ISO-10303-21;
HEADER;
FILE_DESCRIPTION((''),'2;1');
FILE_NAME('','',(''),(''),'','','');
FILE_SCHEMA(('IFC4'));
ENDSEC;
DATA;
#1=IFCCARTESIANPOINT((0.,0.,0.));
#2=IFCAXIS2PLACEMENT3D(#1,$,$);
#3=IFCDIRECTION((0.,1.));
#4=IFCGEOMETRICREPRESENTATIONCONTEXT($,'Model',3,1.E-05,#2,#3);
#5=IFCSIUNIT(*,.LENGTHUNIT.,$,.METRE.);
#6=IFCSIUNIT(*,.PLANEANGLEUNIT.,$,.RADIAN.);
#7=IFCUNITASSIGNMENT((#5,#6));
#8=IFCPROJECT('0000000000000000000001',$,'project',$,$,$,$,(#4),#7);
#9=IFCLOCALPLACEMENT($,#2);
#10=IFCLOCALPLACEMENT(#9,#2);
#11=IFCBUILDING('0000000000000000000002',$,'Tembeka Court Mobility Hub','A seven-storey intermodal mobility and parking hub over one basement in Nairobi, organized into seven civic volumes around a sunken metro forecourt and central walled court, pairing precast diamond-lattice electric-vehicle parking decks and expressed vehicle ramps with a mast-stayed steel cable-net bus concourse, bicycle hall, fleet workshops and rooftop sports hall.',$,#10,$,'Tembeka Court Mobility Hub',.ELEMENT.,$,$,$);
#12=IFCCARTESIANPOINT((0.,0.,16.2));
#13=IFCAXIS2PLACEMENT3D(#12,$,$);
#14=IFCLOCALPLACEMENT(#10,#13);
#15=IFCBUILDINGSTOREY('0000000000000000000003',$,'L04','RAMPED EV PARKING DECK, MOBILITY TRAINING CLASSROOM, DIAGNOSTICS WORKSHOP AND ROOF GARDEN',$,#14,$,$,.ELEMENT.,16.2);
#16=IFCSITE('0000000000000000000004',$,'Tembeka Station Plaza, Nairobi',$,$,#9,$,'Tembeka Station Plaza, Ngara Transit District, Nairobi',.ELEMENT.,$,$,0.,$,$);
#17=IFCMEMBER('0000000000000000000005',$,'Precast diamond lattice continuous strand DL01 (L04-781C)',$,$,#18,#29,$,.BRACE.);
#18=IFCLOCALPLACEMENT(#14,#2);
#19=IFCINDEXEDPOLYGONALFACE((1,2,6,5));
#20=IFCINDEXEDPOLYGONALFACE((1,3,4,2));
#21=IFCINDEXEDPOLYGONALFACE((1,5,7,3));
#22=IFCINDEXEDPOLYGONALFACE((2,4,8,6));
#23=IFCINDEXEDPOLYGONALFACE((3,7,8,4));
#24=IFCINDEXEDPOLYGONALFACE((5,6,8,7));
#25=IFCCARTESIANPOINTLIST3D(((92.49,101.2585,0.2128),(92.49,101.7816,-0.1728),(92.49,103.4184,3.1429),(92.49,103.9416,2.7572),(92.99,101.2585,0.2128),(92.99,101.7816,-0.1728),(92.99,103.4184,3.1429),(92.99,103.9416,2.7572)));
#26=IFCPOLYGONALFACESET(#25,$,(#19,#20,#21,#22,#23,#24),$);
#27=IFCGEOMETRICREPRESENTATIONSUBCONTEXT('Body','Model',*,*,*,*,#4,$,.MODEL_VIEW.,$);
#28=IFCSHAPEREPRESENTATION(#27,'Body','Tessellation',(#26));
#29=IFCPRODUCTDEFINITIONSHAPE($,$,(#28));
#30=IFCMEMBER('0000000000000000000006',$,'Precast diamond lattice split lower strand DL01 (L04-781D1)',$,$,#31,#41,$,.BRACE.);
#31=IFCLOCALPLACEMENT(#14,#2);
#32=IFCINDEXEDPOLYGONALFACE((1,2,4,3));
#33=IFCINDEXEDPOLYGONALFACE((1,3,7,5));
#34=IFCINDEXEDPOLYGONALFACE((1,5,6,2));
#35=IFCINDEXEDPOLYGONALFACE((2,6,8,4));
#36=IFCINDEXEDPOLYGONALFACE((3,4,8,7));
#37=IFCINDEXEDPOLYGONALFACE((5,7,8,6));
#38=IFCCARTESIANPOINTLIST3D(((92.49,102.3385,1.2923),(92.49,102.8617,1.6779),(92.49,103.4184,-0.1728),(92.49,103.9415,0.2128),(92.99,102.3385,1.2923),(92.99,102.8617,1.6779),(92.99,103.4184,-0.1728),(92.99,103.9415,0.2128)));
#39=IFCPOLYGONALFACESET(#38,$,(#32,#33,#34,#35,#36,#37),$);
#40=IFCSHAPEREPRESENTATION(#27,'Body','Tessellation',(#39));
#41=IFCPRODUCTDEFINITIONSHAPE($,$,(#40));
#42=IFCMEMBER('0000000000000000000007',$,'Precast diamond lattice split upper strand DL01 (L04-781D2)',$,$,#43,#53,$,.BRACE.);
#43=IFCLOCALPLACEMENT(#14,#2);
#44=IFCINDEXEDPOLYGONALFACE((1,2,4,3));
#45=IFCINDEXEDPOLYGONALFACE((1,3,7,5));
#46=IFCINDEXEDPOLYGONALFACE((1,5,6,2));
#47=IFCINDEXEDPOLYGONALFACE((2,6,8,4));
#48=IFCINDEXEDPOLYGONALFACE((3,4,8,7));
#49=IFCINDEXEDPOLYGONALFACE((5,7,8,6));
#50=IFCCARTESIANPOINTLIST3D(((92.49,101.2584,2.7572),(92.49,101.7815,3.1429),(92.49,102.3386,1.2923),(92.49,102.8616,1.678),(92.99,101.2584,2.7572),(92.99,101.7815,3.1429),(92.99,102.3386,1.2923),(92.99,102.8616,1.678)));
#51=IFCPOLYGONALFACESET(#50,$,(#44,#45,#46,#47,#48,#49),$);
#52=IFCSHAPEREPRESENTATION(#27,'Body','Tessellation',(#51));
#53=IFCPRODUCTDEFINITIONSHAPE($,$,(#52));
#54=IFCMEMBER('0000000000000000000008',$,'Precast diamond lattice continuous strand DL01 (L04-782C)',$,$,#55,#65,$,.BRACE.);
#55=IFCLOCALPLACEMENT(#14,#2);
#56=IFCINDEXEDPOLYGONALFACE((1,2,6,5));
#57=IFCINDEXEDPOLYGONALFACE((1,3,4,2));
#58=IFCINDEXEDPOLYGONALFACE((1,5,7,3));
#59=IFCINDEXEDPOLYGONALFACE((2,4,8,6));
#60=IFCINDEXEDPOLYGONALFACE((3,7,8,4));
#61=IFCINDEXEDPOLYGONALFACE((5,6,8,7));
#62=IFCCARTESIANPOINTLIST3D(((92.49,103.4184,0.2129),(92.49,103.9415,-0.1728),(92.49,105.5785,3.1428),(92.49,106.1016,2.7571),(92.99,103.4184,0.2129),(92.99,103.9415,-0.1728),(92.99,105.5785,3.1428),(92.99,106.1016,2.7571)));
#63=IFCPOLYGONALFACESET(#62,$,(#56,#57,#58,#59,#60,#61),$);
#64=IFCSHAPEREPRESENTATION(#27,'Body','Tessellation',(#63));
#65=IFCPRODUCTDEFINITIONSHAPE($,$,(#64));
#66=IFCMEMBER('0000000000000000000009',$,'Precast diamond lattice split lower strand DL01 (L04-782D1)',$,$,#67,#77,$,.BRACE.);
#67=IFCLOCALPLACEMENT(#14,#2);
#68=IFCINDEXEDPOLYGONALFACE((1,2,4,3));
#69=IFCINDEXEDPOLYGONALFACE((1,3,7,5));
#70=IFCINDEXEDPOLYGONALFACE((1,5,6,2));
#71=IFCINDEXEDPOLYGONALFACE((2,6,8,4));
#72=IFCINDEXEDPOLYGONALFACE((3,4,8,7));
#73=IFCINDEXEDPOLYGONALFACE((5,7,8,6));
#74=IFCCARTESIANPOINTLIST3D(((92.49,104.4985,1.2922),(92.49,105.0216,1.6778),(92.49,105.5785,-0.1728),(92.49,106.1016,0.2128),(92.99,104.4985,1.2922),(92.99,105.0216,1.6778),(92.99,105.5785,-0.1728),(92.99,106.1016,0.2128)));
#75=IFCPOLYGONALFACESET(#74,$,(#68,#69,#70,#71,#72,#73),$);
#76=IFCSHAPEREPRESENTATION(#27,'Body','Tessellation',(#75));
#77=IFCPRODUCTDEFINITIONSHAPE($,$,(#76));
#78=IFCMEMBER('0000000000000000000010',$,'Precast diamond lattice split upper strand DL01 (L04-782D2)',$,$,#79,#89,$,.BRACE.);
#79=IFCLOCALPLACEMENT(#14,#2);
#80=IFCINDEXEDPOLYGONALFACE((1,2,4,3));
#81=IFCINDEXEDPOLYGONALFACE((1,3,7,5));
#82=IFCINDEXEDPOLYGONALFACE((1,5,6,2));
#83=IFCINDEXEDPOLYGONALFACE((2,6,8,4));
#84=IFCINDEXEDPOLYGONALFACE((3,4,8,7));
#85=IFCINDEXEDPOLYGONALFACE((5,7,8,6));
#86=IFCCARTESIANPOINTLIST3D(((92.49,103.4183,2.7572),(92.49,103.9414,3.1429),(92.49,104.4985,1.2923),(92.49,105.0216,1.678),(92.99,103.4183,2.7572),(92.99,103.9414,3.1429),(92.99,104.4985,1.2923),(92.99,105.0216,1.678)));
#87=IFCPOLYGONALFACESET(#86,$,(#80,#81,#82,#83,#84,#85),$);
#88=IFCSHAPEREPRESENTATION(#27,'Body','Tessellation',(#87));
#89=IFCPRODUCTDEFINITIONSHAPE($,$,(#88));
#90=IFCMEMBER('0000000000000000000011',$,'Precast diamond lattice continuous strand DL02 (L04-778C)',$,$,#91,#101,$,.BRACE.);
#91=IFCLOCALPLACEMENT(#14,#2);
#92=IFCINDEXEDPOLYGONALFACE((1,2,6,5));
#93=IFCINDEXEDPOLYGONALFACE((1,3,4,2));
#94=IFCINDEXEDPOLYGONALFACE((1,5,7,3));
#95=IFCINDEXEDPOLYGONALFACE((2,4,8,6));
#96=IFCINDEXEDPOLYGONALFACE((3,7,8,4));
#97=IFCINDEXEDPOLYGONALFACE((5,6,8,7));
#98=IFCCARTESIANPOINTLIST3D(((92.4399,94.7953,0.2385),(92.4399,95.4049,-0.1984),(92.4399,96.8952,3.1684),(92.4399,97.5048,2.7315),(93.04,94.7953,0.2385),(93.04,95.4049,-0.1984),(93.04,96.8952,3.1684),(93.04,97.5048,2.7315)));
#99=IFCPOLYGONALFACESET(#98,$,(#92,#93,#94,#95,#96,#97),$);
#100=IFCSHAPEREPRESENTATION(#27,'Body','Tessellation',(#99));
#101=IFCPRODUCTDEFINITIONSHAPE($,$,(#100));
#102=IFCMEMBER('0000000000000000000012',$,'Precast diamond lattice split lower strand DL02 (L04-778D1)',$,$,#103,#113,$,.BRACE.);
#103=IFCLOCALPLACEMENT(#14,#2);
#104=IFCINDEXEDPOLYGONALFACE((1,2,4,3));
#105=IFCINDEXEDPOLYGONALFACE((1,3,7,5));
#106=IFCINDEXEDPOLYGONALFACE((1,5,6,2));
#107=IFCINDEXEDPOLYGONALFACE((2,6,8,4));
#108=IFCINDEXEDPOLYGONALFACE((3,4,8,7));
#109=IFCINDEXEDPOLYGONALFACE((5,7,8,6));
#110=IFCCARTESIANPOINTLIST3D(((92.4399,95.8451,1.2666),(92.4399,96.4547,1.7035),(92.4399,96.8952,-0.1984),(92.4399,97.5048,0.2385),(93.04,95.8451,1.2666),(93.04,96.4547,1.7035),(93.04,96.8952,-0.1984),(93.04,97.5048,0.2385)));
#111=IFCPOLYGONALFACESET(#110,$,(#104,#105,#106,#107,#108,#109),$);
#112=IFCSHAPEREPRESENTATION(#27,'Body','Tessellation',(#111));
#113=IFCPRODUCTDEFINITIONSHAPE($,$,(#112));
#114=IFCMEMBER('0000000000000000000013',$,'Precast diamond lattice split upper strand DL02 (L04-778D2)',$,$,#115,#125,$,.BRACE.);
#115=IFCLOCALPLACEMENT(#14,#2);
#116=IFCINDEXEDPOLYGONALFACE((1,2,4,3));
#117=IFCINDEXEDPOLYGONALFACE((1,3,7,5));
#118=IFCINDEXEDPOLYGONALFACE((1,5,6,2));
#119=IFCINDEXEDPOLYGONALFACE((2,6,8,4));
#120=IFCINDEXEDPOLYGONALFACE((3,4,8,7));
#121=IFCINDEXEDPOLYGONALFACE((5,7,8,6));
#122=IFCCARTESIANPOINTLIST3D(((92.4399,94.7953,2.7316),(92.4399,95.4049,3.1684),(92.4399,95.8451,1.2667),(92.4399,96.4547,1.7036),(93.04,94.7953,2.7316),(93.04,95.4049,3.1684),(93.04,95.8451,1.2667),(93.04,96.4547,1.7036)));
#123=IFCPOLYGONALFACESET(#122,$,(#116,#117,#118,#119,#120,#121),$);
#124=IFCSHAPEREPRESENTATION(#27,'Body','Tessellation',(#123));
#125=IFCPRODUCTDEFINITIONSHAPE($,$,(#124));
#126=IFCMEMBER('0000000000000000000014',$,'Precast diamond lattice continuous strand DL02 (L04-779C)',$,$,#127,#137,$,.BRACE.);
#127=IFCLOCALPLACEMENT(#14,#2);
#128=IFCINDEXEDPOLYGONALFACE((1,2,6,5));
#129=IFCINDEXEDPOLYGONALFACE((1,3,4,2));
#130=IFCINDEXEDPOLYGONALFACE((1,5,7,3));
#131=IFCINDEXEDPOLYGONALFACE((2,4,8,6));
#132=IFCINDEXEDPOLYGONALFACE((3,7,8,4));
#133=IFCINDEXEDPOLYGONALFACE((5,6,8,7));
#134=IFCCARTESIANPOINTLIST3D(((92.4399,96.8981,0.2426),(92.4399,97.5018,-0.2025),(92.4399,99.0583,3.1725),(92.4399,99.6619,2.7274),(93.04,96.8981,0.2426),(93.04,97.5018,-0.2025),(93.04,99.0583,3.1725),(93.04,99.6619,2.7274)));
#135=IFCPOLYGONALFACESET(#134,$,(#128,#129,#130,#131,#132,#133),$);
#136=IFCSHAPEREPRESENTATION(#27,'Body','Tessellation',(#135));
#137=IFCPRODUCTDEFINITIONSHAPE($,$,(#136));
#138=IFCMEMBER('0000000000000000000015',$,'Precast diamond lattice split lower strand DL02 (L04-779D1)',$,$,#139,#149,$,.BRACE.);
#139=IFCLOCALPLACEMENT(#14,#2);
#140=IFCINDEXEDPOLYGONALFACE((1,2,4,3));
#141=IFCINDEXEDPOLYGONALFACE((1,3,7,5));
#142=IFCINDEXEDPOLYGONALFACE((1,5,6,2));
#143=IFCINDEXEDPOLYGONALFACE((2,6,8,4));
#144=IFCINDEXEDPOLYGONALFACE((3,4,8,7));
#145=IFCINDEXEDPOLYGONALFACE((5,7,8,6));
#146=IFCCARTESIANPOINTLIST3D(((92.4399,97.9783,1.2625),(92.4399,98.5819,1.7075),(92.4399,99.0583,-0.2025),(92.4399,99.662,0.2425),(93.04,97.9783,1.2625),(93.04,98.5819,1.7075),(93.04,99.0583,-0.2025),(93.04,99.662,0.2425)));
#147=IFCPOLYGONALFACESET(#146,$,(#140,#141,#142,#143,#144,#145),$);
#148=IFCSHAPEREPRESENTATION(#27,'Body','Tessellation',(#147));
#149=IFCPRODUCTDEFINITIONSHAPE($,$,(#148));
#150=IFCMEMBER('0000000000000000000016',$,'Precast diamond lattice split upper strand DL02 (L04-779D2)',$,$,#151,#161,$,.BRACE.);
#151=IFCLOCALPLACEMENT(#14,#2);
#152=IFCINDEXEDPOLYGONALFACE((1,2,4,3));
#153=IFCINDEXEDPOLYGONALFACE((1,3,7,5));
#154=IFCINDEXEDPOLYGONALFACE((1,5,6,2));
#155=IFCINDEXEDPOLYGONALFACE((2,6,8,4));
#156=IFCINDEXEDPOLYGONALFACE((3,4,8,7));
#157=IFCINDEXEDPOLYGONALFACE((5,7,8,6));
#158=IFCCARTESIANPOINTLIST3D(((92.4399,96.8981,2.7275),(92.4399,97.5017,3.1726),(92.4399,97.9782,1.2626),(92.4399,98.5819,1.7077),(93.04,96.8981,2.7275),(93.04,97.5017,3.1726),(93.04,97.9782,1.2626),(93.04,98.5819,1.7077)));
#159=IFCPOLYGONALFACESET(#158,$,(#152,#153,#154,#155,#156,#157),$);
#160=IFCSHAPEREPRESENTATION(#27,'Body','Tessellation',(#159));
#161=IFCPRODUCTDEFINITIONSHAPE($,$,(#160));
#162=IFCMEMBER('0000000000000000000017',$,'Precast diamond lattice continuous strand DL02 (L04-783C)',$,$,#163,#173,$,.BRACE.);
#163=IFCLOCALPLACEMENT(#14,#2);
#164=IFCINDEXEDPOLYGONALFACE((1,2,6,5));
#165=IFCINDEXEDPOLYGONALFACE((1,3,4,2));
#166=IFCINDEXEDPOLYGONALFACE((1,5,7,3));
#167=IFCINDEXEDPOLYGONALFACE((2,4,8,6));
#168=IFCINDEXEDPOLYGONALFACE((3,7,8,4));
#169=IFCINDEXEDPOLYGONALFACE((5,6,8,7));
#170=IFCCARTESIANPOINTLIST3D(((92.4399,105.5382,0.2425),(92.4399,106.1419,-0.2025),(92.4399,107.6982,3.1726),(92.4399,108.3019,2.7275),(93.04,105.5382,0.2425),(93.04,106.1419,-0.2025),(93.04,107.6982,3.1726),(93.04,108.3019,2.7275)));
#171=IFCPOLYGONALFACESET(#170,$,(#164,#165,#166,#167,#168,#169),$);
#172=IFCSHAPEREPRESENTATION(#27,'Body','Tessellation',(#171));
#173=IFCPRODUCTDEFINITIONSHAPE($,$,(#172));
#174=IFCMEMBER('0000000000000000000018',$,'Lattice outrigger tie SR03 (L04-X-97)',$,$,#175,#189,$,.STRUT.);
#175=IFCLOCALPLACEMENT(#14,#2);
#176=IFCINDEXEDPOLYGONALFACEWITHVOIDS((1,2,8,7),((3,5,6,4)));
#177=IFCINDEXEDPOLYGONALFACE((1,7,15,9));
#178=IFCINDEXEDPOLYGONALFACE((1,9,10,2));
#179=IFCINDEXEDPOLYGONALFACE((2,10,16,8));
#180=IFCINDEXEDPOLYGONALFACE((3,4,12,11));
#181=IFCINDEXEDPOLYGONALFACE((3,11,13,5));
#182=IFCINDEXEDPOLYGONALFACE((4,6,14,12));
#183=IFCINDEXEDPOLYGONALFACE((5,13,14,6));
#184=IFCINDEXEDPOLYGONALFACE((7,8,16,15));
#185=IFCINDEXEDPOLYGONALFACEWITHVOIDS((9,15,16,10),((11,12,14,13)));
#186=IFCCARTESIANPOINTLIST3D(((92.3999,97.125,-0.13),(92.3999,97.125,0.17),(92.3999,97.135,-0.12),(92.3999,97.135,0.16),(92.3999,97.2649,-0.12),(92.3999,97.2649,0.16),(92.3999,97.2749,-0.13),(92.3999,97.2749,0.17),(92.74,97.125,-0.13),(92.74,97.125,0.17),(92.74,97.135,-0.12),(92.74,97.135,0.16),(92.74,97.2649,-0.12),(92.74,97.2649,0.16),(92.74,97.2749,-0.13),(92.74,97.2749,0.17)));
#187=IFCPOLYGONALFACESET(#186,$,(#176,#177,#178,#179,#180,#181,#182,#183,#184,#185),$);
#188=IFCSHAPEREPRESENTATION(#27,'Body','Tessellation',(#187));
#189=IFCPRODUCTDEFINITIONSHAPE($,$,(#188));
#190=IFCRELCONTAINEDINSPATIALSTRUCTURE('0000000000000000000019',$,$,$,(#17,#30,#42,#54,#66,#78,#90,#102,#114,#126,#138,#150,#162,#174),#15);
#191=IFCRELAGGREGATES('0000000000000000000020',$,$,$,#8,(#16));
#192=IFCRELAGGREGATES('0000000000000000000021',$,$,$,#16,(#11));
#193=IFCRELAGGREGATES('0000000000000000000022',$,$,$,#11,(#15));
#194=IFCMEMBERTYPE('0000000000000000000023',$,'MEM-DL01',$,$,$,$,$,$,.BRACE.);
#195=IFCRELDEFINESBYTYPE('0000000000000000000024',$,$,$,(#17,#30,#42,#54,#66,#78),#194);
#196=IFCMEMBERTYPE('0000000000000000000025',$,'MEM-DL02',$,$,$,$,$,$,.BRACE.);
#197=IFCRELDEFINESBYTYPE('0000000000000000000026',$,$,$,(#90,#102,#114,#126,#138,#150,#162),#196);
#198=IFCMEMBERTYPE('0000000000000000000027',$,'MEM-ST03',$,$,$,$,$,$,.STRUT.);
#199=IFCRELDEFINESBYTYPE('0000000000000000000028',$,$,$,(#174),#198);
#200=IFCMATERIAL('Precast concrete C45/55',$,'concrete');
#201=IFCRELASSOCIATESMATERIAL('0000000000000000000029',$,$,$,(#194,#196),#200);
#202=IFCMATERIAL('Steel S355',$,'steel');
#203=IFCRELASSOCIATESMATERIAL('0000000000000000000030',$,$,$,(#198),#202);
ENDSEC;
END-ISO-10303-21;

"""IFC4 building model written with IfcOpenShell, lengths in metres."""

from ifc_helpers import new_model, si_unit, direction, frame, origin, origin_2d, place, context, subcontext, project, spatial, rectangle, hollow_rectangle, extrude, material, material_profile, profile_set, type_object, element, save


model = new_model("IFC4")

# Units and contexts
model_context = context("Model", 3, precision=1e-05, world=origin(), true_north=direction((0.0, 1.0)))
body_context = subcontext(model_context, "Body", "Model", "MODEL_VIEW")
ifc_project = project(units=[si_unit("LENGTHUNIT", "METRE"), si_unit("PLANEANGLEUNIT", "RADIAN")], contexts=[model_context])

# Site, building, storey
site_placement = place(None, origin())
site = spatial("IfcSite", under=ifc_project, at=site_placement, Name="Tembeka Station Plaza, Nairobi", LongName="Tembeka Station Plaza, Ngara Transit District, Nairobi", CompositionType="ELEMENT", RefElevation=0.0)
building_placement = place(site_placement, origin())
building = spatial("IfcBuilding", under=site, at=building_placement, Name="Tembeka Court Mobility Hub", Description="A seven-storey intermodal mobility and parking hub over one basement in Nairobi, organized into seven civic volumes around a sunken metro forecourt and central walled court, pairing precast diamond-lattice electric-vehicle parking decks and expressed vehicle ramps with a mast-stayed steel cable-net bus concourse, bicycle hall, fleet workshops and rooftop sports hall.", LongName="Tembeka Court Mobility Hub", CompositionType="ELEMENT")
storey_placement = place(building_placement, frame((0.0, 0.0, 16.2)))
storey = spatial("IfcBuildingStorey", under=building, at=storey_placement, Name="L04", Description="RAMPED EV PARKING DECK, MOBILITY TRAINING CLASSROOM, DIAGNOSTICS WORKSHOP AND ROOF GARDEN", CompositionType="ELEMENT", Elevation=16.2)

# Shared definitions
ifc_material_1 = material(Name="Steel S355", Category="steel")

# Members
ifc_material_2 = material(Name="Precast concrete C45/55", Category="concrete")
ifc_material_profile_1 = material_profile(ifc_material_2, rectangle(XDim=0.5, YDim=0.6499, at=origin_2d()), Name="PC-DIAG 500x650")
ifc_profile_set_1 = profile_set([ifc_material_profile_1], Name="Precast concrete C45/55")
member_type_1 = type_object("IfcMemberType", Name="MEM-DL01", PredefinedType="BRACE", material=ifc_profile_set_1)
member_1_placement = place(storey_placement, frame((92.74, 101.52, 0.02), z_axis=(0.0, 0.59338, 0.804923), x_axis=(-1.0, 0.0, 0.0)))
element("IfcMember", 1, at=member_1_placement, inside=storey, type_object=member_type_1, Name="Precast diamond lattice continuous strand DL01 (L04-781C)", PredefinedType="BRACE", context=body_context, shape_type="SweptSolid", body=[
    extrude(rectangle(XDim=0.5, YDim=0.6499, at=origin_2d()), origin(), (0.0, 0.0, 1.0), 3.6401),
])
for number, where, z_axis, x_axis, name in (
    (2, (92.74, 103.6799, 0.02), (0.0, -0.593304, 0.804978), (1.0, 0.0, 0.0), "Precast diamond lattice split lower strand DL01 (L04-781D1)"),
    (3, (92.74, 102.6001, 1.4851), (0.0, -0.593455, 0.804867), (1.0, 0.0, 0.0), "Precast diamond lattice split upper strand DL01 (L04-781D2)"),
):
    element("IfcMember", number, at=place(storey_placement, frame(where, z_axis=z_axis, x_axis=x_axis)), inside=storey, type_object=member_type_1, Name=name, PredefinedType="BRACE", context=body_context, shape_type="SweptSolid", body=[
        extrude(rectangle(XDim=0.5, YDim=0.6499, at=origin_2d()), origin(), (0.0, 0.0, 1.0), 1.8201),
    ])
member_2_placement = place(storey_placement, frame((92.74, 103.6799, 0.02), z_axis=(0.0, 0.593423, 0.804891), x_axis=(-1.0, 0.0, 0.0)))
element("IfcMember", 4, at=member_2_placement, inside=storey, type_object=member_type_1, Name="Precast diamond lattice continuous strand DL01 (L04-782C)", PredefinedType="BRACE", context=body_context, shape_type="SweptSolid", body=[
    extrude(rectangle(XDim=0.5, YDim=0.6499, at=origin_2d()), origin(), (0.0, 0.0, 1.0), 3.6401),
])
for number, where, z_axis, x_axis, name in (
    (5, (92.74, 105.8401, 0.02), (0.0, -0.593391, 0.804914), (1.0, 0.0, 0.0), "Precast diamond lattice split lower strand DL01 (L04-782D1)"),
    (6, (92.74, 104.76, 1.4851), (0.0, -0.593455, 0.804867), (1.0, 0.0, 0.0), "Precast diamond lattice split upper strand DL01 (L04-782D2)"),
):
    element("IfcMember", number, at=place(storey_placement, frame(where, z_axis=z_axis, x_axis=x_axis)), inside=storey, type_object=member_type_1, Name=name, PredefinedType="BRACE", context=body_context, shape_type="SweptSolid", body=[
        extrude(rectangle(XDim=0.5, YDim=0.6499, at=origin_2d()), origin(), (0.0, 0.0, 1.0), 1.8201),
    ])
ifc_material_profile_2 = material_profile(ifc_material_2, rectangle(XDim=0.6001, YDim=0.75, at=origin_2d()), Name="PC-DIAG 600x750")
ifc_profile_set_2 = profile_set([ifc_material_profile_2], Name="Precast concrete C45/55")
member_type_2 = type_object("IfcMemberType", Name="MEM-DL02", PredefinedType="BRACE", material=ifc_profile_set_2)
member_3_placement = place(storey_placement, frame((92.74, 95.1001, 0.02), z_axis=(0.0, 0.582532, 0.812808), x_axis=(-1.0, 0.0, 0.0)))
element("IfcMember", 7, at=member_3_placement, inside=storey, type_object=member_type_2, Name="Precast diamond lattice continuous strand DL02 (L04-778C)", PredefinedType="BRACE", context=body_context, shape_type="SweptSolid", body=[
    extrude(rectangle(XDim=0.6001, YDim=0.75, at=origin_2d()), origin(), (0.0, 0.0, 1.0), 3.6047),
])
member_4_placement = place(storey_placement, frame((92.74, 97.2, 0.02), z_axis=(0.0, -0.582544, 0.812799), x_axis=(1.0, 0.0, 0.0)))
element("IfcMember", 8, at=member_4_placement, inside=storey, type_object=member_type_2, Name="Precast diamond lattice split lower strand DL02 (L04-778D1)", PredefinedType="BRACE", context=body_context, shape_type="SweptSolid", body=[
    extrude(rectangle(XDim=0.6001, YDim=0.75, at=origin_2d()), origin(), (0.0, 0.0, 1.0), 1.8025),
])
member_5_placement = place(storey_placement, frame((92.74, 96.1499, 1.4851), z_axis=(0.0, -0.582519, 0.812817), x_axis=(1.0, 0.0, 0.0)))
element("IfcMember", 9, at=member_5_placement, inside=storey, type_object=member_type_2, Name="Precast diamond lattice split upper strand DL02 (L04-778D2)", PredefinedType="BRACE", context=body_context, shape_type="SweptSolid", body=[
    extrude(rectangle(XDim=0.6001, YDim=0.75, at=origin_2d()), origin(), (0.0, 0.0, 1.0), 1.8022),
])
member_6_placement = place(storey_placement, frame((92.74, 97.2, 0.02), z_axis=(0.0, 0.593423, 0.804891), x_axis=(-1.0, 0.0, 0.0)))
element("IfcMember", 10, at=member_6_placement, inside=storey, type_object=member_type_2, Name="Precast diamond lattice continuous strand DL02 (L04-779C)", PredefinedType="BRACE", context=body_context, shape_type="SweptSolid", body=[
    extrude(rectangle(XDim=0.6001, YDim=0.75, at=origin_2d()), origin(), (0.0, 0.0, 1.0), 3.6401),
])
for number, where, z_axis, x_axis, name in (
    (11, (92.74, 99.3601, 0.02), (0.0, -0.593391, 0.804914), (1.0, 0.0, 0.0), "Precast diamond lattice split lower strand DL02 (L04-779D1)"),
    (12, (92.74, 98.28, 1.4851), (0.0, -0.593455, 0.804867), (1.0, 0.0, 0.0), "Precast diamond lattice split upper strand DL02 (L04-779D2)"),
):
    element("IfcMember", number, at=place(storey_placement, frame(where, z_axis=z_axis, x_axis=x_axis)), inside=storey, type_object=member_type_2, Name=name, PredefinedType="BRACE", context=body_context, shape_type="SweptSolid", body=[
        extrude(rectangle(XDim=0.6001, YDim=0.75, at=origin_2d()), origin(), (0.0, 0.0, 1.0), 1.8201),
    ])
member_7_placement = place(storey_placement, frame((92.74, 105.8401, 0.02), z_axis=(0.0, 0.59338, 0.804923), x_axis=(-1.0, 0.0, 0.0)))
element("IfcMember", 13, at=member_7_placement, inside=storey, type_object=member_type_2, Name="Precast diamond lattice continuous strand DL02 (L04-783C)", PredefinedType="BRACE", context=body_context, shape_type="SweptSolid", body=[
    extrude(rectangle(XDim=0.6001, YDim=0.75, at=origin_2d()), origin(), (0.0, 0.0, 1.0), 3.6401),
])
ifc_material_profile_3 = material_profile(ifc_material_1, hollow_rectangle(XDim=0.1499, YDim=0.3, WallThickness=0.01, at=origin_2d()), Name="RHS 300x150x10")
ifc_profile_set_3 = profile_set([ifc_material_profile_3], Name="Steel S355")
member_type_3 = type_object("IfcMemberType", Name="MEM-ST03", PredefinedType="STRUT", material=ifc_profile_set_3)
member_8_placement = place(storey_placement, frame((92.3999, 97.2, 0.02), z_axis=(1.0, 0.0, 0.0), x_axis=(0.0, 1.0, 0.0)))
element("IfcMember", 14, at=member_8_placement, inside=storey, type_object=member_type_3, Name="Lattice outrigger tie SR03 (L04-X-97)", PredefinedType="STRUT", context=body_context, shape_type="SweptSolid", body=[
    extrude(hollow_rectangle(XDim=0.1499, YDim=0.3, WallThickness=0.01, at=origin_2d()), origin(), (0.0, 0.0, 1.0), 0.3401),
])

save(model, "model.ifc")
